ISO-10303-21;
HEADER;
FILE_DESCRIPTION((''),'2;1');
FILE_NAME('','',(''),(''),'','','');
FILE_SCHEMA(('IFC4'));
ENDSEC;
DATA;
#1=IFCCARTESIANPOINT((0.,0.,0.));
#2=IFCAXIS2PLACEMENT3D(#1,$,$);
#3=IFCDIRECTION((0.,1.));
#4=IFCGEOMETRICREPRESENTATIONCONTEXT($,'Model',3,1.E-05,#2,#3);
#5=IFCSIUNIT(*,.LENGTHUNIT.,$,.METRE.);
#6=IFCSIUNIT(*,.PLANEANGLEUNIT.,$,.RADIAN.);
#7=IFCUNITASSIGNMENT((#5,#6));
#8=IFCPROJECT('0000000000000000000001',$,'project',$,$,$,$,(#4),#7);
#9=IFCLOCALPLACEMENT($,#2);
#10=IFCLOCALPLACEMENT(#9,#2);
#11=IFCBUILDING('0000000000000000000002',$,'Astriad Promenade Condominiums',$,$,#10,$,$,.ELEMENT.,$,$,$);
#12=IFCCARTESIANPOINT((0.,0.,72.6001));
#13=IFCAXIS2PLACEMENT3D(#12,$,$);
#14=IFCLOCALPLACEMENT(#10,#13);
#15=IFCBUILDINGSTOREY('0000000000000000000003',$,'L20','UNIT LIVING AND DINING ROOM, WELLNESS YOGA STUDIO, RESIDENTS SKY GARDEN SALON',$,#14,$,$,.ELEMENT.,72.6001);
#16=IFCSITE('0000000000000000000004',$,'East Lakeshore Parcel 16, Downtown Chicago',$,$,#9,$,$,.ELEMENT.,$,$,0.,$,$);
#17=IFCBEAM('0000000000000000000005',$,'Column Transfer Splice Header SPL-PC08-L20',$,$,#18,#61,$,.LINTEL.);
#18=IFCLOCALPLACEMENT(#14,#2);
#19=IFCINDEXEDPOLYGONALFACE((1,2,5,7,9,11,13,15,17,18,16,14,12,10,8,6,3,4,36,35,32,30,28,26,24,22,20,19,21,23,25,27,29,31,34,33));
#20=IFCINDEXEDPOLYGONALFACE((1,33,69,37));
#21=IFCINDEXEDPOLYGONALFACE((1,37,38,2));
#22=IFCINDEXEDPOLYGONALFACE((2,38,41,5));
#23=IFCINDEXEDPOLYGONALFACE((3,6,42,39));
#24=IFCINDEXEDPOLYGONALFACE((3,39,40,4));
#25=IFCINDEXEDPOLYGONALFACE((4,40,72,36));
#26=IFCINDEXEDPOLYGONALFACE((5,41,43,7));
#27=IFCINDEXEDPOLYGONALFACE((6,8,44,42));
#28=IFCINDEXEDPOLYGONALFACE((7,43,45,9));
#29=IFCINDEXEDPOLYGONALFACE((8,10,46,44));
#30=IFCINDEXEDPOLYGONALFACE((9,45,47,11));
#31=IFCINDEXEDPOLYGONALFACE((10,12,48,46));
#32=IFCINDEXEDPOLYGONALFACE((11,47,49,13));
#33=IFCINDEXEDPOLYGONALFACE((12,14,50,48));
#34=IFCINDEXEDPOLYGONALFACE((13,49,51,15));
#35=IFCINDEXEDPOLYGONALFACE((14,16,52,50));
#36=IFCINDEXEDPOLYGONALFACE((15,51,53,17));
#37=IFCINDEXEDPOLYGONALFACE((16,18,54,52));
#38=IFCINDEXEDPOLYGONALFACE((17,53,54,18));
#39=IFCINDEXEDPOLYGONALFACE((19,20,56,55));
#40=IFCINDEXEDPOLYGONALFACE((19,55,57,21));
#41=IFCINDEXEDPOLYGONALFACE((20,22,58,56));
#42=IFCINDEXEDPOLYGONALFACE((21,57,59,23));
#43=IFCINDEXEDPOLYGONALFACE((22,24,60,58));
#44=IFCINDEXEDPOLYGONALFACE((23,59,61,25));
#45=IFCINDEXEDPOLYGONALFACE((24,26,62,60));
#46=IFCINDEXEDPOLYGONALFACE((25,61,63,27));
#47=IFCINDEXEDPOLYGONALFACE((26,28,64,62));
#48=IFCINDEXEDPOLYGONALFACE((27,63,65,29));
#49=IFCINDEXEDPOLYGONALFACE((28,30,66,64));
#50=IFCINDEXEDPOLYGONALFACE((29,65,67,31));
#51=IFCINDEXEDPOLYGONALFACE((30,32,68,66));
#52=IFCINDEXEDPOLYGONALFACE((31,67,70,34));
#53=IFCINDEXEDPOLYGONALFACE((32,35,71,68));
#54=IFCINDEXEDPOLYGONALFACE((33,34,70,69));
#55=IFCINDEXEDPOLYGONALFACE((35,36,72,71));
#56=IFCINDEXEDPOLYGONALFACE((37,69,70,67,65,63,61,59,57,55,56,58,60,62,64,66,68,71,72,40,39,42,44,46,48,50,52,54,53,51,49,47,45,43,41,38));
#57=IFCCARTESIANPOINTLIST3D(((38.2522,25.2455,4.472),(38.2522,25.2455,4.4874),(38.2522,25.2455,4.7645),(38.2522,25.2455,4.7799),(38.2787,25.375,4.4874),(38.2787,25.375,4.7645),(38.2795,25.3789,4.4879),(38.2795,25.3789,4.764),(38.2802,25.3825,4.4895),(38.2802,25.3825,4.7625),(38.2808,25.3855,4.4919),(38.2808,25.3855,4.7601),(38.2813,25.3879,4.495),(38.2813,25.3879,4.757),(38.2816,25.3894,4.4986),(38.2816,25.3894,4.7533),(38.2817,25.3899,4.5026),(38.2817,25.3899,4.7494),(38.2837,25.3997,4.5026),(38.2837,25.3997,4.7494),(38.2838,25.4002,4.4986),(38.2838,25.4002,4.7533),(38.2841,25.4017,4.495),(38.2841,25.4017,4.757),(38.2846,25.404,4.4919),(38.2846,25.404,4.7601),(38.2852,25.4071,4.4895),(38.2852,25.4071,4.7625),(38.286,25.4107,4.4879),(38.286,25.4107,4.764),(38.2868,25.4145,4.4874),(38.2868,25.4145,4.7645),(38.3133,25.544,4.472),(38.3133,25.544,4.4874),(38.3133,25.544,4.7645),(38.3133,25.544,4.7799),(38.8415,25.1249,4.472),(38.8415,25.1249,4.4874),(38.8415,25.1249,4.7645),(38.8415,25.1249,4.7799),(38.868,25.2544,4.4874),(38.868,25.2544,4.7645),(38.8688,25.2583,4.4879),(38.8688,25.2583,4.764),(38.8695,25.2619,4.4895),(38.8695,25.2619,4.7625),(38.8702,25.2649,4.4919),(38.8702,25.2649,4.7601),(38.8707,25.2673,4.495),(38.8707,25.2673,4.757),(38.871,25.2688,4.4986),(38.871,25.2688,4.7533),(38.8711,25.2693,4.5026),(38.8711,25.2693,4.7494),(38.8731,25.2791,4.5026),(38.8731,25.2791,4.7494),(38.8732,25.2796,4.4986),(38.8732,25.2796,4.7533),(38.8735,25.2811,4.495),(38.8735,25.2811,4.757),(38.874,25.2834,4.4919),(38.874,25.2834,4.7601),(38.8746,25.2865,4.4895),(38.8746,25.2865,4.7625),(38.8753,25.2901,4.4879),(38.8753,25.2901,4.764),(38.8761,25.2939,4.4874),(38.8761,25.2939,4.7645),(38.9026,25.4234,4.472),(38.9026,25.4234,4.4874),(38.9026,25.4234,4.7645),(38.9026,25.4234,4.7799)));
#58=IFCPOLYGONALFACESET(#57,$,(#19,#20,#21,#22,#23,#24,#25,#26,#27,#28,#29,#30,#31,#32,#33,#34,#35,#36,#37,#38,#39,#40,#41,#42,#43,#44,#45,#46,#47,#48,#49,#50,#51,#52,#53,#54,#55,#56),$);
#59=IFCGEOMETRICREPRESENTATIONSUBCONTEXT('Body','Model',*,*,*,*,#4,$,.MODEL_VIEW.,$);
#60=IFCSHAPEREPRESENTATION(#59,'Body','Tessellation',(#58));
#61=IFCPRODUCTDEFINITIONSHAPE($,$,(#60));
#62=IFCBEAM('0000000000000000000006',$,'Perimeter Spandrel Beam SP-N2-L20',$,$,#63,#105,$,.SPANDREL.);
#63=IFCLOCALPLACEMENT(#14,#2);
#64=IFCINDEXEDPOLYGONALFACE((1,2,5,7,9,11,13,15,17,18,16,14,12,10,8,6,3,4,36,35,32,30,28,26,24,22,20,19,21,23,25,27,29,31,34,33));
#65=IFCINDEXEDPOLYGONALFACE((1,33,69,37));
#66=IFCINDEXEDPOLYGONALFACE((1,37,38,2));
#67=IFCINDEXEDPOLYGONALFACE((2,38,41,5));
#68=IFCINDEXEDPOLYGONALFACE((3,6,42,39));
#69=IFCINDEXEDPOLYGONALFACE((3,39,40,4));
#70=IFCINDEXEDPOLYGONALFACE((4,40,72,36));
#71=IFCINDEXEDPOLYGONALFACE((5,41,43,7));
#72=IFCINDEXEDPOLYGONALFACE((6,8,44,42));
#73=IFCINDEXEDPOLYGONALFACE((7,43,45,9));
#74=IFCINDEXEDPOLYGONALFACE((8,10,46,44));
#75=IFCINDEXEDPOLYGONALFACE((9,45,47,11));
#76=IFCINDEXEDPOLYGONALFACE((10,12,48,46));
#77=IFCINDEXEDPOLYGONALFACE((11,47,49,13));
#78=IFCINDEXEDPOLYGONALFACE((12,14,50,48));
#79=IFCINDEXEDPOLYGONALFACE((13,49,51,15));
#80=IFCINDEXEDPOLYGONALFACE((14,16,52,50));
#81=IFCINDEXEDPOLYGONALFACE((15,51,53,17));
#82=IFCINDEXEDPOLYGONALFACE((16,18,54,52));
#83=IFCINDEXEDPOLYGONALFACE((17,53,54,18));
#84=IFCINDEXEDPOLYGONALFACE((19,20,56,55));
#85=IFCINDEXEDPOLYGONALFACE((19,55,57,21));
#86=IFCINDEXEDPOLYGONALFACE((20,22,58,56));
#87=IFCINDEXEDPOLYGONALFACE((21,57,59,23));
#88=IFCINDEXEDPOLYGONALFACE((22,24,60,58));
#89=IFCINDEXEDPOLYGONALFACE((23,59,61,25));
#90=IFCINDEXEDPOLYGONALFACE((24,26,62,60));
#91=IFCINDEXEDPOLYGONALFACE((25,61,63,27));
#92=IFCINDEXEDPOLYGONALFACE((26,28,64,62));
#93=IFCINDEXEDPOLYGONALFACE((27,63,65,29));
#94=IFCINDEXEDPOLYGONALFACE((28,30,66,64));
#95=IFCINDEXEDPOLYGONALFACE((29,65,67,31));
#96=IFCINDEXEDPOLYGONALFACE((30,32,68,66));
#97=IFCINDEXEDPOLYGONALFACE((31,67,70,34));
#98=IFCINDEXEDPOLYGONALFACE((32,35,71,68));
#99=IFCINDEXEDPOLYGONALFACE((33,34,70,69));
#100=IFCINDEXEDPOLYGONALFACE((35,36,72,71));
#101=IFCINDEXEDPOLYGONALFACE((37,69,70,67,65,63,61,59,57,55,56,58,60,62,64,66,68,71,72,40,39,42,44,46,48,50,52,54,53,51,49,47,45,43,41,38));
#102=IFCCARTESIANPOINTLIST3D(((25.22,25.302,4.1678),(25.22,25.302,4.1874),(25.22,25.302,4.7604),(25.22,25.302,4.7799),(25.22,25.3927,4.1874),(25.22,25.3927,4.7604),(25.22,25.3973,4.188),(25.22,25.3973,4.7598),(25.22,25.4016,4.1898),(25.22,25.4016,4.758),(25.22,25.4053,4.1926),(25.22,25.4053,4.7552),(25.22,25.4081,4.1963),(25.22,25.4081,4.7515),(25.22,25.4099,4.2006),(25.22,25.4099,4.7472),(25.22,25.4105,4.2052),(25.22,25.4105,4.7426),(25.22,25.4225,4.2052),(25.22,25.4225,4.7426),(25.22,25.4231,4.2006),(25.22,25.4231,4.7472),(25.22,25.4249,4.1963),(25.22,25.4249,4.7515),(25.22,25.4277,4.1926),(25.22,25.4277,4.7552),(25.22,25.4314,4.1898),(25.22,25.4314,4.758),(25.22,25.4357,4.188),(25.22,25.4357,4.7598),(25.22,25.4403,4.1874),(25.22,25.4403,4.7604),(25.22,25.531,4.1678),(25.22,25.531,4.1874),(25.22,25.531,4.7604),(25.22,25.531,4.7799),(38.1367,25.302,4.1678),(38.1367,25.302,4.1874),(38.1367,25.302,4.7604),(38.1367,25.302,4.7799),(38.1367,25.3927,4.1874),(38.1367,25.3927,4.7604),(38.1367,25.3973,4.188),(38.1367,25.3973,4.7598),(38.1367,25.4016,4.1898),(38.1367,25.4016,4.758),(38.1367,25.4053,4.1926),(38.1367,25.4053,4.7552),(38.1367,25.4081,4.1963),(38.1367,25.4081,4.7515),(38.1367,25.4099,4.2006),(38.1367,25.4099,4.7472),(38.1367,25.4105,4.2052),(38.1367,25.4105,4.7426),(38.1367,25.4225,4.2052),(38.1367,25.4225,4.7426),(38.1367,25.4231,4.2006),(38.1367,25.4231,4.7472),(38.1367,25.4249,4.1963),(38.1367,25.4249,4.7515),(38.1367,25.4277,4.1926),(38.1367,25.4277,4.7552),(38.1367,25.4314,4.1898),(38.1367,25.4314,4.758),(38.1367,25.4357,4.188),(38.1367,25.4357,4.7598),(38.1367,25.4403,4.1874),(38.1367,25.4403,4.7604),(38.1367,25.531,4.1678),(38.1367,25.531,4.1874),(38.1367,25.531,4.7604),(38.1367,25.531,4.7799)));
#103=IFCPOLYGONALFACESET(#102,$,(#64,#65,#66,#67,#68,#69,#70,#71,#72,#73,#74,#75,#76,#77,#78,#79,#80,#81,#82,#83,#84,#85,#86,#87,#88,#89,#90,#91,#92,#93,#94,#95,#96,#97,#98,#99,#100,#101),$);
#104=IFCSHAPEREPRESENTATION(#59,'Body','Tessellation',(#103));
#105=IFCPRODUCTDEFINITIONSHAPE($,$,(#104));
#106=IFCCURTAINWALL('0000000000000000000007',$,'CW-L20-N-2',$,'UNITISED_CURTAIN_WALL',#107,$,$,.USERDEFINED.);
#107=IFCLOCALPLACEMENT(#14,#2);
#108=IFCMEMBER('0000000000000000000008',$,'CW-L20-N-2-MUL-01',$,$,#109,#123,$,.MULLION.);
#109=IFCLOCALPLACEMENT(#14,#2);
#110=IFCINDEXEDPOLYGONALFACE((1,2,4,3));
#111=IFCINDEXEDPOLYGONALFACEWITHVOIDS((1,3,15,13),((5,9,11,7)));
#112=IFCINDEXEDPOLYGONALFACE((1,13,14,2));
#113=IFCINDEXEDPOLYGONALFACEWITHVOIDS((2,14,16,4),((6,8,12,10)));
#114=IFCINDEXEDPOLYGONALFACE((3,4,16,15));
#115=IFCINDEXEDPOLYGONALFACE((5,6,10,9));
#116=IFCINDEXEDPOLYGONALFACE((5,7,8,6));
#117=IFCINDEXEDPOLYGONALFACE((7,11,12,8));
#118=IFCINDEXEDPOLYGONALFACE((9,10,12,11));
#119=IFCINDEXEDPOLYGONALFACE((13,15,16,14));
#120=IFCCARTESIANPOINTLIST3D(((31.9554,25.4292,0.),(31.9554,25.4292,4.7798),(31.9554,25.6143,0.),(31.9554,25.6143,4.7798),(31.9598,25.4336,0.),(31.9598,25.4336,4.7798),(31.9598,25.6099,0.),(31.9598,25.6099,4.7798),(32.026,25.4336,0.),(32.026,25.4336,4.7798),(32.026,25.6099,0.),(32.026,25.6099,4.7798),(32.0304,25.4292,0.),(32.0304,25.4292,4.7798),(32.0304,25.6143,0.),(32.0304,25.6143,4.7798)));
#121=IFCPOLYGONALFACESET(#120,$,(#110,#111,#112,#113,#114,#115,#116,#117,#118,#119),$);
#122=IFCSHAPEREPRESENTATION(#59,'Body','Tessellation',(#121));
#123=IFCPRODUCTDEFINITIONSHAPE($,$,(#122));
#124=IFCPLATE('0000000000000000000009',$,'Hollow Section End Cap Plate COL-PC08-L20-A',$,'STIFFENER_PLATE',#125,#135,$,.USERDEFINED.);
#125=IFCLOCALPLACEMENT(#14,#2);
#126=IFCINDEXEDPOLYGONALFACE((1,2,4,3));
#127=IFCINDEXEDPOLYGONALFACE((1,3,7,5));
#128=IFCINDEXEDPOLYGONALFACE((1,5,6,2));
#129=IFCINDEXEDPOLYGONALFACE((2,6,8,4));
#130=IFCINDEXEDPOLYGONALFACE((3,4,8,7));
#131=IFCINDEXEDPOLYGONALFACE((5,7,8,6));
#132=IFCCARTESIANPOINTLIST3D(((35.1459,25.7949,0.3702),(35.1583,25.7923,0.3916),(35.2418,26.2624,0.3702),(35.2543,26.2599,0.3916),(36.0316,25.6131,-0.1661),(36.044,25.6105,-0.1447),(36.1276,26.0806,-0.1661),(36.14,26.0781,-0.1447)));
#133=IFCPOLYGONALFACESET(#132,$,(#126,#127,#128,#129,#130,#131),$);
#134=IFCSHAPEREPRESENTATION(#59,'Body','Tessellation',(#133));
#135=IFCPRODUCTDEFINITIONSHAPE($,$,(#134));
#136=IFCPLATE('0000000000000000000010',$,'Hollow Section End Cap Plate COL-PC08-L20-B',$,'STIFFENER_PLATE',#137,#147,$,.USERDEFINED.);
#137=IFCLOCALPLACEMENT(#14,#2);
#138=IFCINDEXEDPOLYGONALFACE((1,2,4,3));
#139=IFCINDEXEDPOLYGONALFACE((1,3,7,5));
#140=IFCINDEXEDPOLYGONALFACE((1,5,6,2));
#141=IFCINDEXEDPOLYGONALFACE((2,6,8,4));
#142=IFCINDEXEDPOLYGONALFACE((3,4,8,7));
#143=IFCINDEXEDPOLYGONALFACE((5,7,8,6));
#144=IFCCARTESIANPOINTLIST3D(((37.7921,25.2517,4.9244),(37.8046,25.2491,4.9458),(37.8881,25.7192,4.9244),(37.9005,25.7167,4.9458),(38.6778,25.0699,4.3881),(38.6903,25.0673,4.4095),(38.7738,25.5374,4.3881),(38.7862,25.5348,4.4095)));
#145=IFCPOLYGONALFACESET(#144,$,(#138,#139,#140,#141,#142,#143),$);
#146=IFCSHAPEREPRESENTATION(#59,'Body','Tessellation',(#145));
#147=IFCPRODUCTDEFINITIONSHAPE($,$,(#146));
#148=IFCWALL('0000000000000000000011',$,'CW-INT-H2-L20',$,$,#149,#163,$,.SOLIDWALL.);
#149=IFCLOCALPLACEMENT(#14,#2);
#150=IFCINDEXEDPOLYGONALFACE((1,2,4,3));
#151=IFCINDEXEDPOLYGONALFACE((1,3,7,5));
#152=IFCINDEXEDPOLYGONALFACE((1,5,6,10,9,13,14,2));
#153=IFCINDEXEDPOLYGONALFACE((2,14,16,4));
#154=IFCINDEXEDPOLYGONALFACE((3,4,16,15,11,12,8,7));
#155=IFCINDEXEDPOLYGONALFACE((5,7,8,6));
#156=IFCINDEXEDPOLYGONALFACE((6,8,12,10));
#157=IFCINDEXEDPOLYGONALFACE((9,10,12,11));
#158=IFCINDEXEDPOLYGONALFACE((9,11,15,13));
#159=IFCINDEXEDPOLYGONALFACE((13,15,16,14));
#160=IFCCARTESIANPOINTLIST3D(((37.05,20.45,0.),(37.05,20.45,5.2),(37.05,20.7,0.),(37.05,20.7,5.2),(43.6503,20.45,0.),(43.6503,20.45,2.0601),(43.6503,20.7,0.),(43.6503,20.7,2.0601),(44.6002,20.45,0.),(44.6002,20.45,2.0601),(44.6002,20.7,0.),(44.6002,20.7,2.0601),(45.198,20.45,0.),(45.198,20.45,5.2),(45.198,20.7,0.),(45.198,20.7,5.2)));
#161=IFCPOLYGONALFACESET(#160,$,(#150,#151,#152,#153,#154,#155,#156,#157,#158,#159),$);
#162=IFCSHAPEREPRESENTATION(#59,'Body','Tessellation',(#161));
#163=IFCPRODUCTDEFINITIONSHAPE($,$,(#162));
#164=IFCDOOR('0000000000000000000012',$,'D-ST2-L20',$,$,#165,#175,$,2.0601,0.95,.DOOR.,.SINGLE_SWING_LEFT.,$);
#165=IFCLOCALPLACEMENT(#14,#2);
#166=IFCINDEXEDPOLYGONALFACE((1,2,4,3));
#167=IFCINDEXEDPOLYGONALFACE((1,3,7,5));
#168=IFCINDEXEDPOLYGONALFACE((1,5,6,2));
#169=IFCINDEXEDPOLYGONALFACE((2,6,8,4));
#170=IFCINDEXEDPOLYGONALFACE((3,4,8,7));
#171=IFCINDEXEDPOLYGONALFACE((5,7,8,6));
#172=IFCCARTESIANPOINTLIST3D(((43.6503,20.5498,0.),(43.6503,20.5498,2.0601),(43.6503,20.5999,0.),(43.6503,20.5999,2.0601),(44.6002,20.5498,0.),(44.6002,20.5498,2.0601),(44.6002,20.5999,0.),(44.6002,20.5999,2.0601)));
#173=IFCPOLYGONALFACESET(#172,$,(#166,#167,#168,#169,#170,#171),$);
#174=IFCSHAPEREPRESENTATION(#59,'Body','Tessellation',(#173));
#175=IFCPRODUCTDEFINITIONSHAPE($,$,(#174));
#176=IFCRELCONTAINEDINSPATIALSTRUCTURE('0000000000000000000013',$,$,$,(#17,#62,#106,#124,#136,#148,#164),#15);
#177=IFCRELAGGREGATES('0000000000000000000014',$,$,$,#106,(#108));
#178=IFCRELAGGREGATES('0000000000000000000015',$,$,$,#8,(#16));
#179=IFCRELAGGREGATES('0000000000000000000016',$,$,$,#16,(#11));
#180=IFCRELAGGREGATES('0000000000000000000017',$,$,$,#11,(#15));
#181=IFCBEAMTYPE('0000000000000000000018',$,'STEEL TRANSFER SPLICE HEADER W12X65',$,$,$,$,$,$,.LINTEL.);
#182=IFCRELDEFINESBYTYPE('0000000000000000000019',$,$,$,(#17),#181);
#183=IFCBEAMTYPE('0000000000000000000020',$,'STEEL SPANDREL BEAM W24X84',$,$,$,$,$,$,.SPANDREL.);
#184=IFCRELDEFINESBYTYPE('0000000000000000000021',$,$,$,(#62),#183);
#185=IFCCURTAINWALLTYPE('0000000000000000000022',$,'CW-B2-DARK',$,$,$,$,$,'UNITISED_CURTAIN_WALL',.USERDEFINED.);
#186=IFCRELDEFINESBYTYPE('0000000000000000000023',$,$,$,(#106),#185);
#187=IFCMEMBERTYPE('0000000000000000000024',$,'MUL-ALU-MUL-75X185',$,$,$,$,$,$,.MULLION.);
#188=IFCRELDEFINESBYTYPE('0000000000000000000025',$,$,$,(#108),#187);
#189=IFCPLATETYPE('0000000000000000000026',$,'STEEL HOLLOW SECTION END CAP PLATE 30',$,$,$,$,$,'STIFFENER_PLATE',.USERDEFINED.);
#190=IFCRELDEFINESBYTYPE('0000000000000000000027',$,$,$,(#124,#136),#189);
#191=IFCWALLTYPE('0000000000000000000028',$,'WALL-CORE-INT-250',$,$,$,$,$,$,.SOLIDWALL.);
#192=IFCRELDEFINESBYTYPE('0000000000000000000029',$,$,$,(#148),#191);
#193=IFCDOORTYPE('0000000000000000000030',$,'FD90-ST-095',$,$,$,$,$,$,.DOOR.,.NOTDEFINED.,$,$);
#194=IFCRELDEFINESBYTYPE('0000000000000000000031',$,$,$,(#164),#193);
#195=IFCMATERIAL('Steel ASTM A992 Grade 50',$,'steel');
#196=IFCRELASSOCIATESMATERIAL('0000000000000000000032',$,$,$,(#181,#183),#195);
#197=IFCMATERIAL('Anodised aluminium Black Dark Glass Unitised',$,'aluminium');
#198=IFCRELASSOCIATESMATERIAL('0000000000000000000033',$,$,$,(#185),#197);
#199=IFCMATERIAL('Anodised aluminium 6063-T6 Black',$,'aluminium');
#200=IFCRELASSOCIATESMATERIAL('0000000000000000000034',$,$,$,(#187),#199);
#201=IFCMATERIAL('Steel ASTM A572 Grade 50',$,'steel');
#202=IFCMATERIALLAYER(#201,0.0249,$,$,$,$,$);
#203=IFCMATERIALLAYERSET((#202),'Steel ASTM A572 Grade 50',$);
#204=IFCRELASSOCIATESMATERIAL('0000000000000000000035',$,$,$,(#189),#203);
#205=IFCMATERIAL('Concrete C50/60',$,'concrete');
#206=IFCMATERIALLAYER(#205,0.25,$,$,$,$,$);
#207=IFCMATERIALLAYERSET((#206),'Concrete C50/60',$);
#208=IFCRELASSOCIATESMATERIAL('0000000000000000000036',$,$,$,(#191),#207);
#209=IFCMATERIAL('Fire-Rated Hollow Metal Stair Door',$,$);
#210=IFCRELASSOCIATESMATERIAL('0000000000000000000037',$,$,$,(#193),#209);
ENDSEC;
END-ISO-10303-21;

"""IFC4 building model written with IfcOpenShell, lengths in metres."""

from ifc_helpers import new_model, si_unit, direction, frame, frame_2d, origin, origin_2d, place, context, subcontext, project, spatial, rectangle, hollow_rectangle, i_section, extrude, source, transform, mapped, material, layer, layer_set, material_profile, profile_set, type_object, type_shapes, element, fill, aggregate, save


model = new_model("IFC4")

# Units and contexts
model_context = context("Model", 3, precision=1e-05, world=origin(), true_north=direction((0.0, 1.0)))
body_context = subcontext(model_context, "Body", "Model", "MODEL_VIEW")
ifc_project = project(units=[si_unit("LENGTHUNIT", "METRE"), si_unit("PLANEANGLEUNIT", "RADIAN")], contexts=[model_context])

# Site, building, storey
site_placement = place(None, origin())
site = spatial("IfcSite", under=ifc_project, at=site_placement, Name="East Lakeshore Parcel 16, Downtown Chicago", CompositionType="ELEMENT", RefElevation=0.0)
building_placement = place(site_placement, origin())
building = spatial("IfcBuilding", under=site, at=building_placement, Name="Astriad Promenade Condominiums", CompositionType="ELEMENT")
storey_placement = place(building_placement, frame((0.0, 0.0, 72.6001)))
storey = spatial("IfcBuildingStorey", under=building, at=storey_placement, Name="L20", Description="UNIT LIVING AND DINING ROOM, WELLNESS YOGA STUDIO, RESIDENTS SKY GARDEN SALON", CompositionType="ELEMENT", Elevation=72.6001)

# Shared definitions
ifc_material_1 = material(Name="Steel ASTM A992 Grade 50", Category="steel")

# Beams
ifc_material_profile_1 = material_profile(ifc_material_1, i_section(OverallWidth=0.3047, OverallDepth=0.3079, WebThickness=0.01, FlangeThickness=0.0154, FilletRadius=0.0151, at=origin_2d()), Name="W12X65")
ifc_profile_set_1 = profile_set([ifc_material_profile_1], Name="Steel ASTM A992 Grade 50")
beam_type_1 = type_object("IfcBeamType", Name="STEEL TRANSFER SPLICE HEADER W12X65", PredefinedType="LINTEL", material=ifc_profile_set_1)
shared_shape_1 = source(origin(), body_context, "Body", "SweptSolid", [
    extrude(i_section(OverallWidth=0.3047, OverallDepth=0.3079, WebThickness=0.01, FlangeThickness=0.0154, FilletRadius=0.0151, at=origin_2d()), origin(), (0.0, 0.0, 1.0), 0.6016),
])
type_shapes(beam_type_1, [shared_shape_1])
beam_1_placement = place(storey_placement, frame((38.2827, 25.3948, 4.626), z_axis=(0.979697, -0.200485, 0.0), x_axis=(0.200485, 0.979697, 0.0)))
element("IfcBeam", 1, at=beam_1_placement, inside=storey, type_object=beam_type_1, Name="Column Transfer Splice Header SPL-PC08-L20", PredefinedType="LINTEL", context=body_context, shape_type="MappedRepresentation", body=[
    mapped(shared_shape_1, transform((0.0, 0.0, 0.0), scale=1.0)),
])
ifc_material_profile_2 = material_profile(ifc_material_1, i_section(OverallWidth=0.229, OverallDepth=0.6121, WebThickness=0.012, FlangeThickness=0.0195, FilletRadius=0.0178, at=origin_2d()), Name="W24X84")
ifc_profile_set_2 = profile_set([ifc_material_profile_2], Name="Steel ASTM A992 Grade 50")
beam_type_2 = type_object("IfcBeamType", Name="STEEL SPANDREL BEAM W24X84", PredefinedType="SPANDREL", material=ifc_profile_set_2)
shared_shape_2 = source(origin(), body_context, "Body", "SweptSolid", [
    extrude(i_section(OverallWidth=0.229, OverallDepth=0.6121, WebThickness=0.012, FlangeThickness=0.0195, FilletRadius=0.0178, at=origin_2d()), origin(), (0.0, 0.0, 1.0), 12.9167),
])
type_shapes(beam_type_2, [shared_shape_2])
beam_2_placement = place(storey_placement, frame((38.1367, 25.4165, 4.4739), z_axis=(-1.0, 0.0, 0.0), x_axis=(0.0, -1.0, 0.0)))
element("IfcBeam", 2, at=beam_2_placement, inside=storey, type_object=beam_type_2, Name="Perimeter Spandrel Beam SP-N2-L20", PredefinedType="SPANDREL", context=body_context, shape_type="MappedRepresentation", body=[
    mapped(shared_shape_2, transform((0.0, 0.0, 0.0), scale=1.0)),
])

# Curtain wall, member
ifc_material_2 = material(Name="Anodised aluminium Black Dark Glass Unitised", Category="aluminium")
curtain_wall_type = type_object("IfcCurtainWallType", Name="CW-B2-DARK", ElementType="UNITISED_CURTAIN_WALL", PredefinedType="USERDEFINED", material=ifc_material_2)
curtain_wall_placement = place(storey_placement, origin())
curtain_wall = element("IfcCurtainWall", 3, at=curtain_wall_placement, inside=storey, type_object=curtain_wall_type, Name="CW-L20-N-2", ObjectType="UNITISED_CURTAIN_WALL", PredefinedType="USERDEFINED")
ifc_material_3 = material(Name="Anodised aluminium 6063-T6 Black", Category="aluminium")
ifc_material_profile_3 = material_profile(ifc_material_3, hollow_rectangle(XDim=0.075, YDim=0.1851, WallThickness=0.0044, at=origin_2d()), Name="ALU-MUL-75X185")
ifc_profile_set_3 = profile_set([ifc_material_profile_3], Name="Anodised aluminium 6063-T6 Black")
member_type = type_object("IfcMemberType", Name="MUL-ALU-MUL-75X185", PredefinedType="MULLION", material=ifc_profile_set_3)
shared_shape_3 = source(origin(), body_context, "Body", "SweptSolid", [
    extrude(hollow_rectangle(XDim=0.075, YDim=0.1851, WallThickness=0.0044, at=origin_2d()), origin(), (0.0, 0.0, 1.0), 4.7798),
])
type_shapes(member_type, [shared_shape_3])
member_placement = place(storey_placement, frame((31.9929, 25.5217, 0.0), z_axis=(0.0, 0.0, 1.0), x_axis=(1.0, 0.0, 0.0)))
member = element("IfcMember", 4, at=member_placement, type_object=member_type, Name="CW-L20-N-2-MUL-01", PredefinedType="MULLION", context=body_context, shape_type="MappedRepresentation", body=[
    mapped(shared_shape_3, transform((0.0, 0.0, 0.0), scale=1.0)),
])
aggregate(curtain_wall, [member])

# Plates
ifc_material_4 = material(Name="Steel ASTM A572 Grade 50", Category="steel")
ifc_layer_1 = layer(ifc_material_4, 0.0249)
ifc_layer_set_1 = layer_set([ifc_layer_1], Name="Steel ASTM A572 Grade 50")
plate_type = type_object("IfcPlateType", Name="STEEL HOLLOW SECTION END CAP PLATE 30", ElementType="STIFFENER_PLATE", PredefinedType="USERDEFINED", material=ifc_layer_set_1)
shared_shape_4 = source(origin(), body_context, "Body", "SweptSolid", [
    extrude(rectangle(XDim=0.4773, YDim=1.0513, at=origin_2d()), origin(), (0.0, 0.0, 1.0), 0.0249),
])
type_shapes(plate_type, [shared_shape_4])
for number, where, z_axis, x_axis, name in (
    (5, (35.6367, 25.9377, 0.1021), (0.499735, -0.102577, 0.860083), (0.20107, 0.979577, 0.0), "Hollow Section End Cap Plate COL-PC08-L20-A"),
    (6, (38.283, 25.3945, 4.6562), (0.499735, -0.102577, 0.860083), (0.20107, 0.979577, 0.0), "Hollow Section End Cap Plate COL-PC08-L20-B"),
):
    element("IfcPlate", number, at=place(storey_placement, frame(where, z_axis=z_axis, x_axis=x_axis)), inside=storey, type_object=plate_type, Name=name, ObjectType="STIFFENER_PLATE", PredefinedType="USERDEFINED", context=body_context, shape_type="MappedRepresentation", body=[
        mapped(shared_shape_4, transform((0.0, 0.0, 0.0), scale=1.0)),
    ])

# Wall, opening, door
ifc_material_5 = material(Name="Concrete C50/60", Category="concrete")
ifc_layer_2 = layer(ifc_material_5, 0.25)
ifc_layer_set_2 = layer_set([ifc_layer_2], Name="Concrete C50/60")
wall_type_1 = type_object("IfcWallType", Name="WALL-CORE-INT-250", PredefinedType="SOLIDWALL", material=ifc_layer_set_2)
wall_1_placement = place(storey_placement, frame((37.05, 20.575, 0.0), z_axis=(0.0, 0.0, 1.0), x_axis=(1.0, 0.0, 0.0)))
wall_1 = element("IfcWall", 7, at=wall_1_placement, inside=storey, type_object=wall_type_1, Name="CW-INT-H2-L20", PredefinedType="SOLIDWALL", context=body_context, shape_type="SweptSolid", body=[
    extrude(rectangle(XDim=8.1479, YDim=0.25, at=frame_2d((4.074, 0.0))), origin(), (0.0, 0.0, 1.0), 5.2),
])
opening_1_placement = place(wall_1_placement, frame((6.6001, 0.0, 0.0)))
opening_1 = element("IfcOpeningElement", 8, at=opening_1_placement, cuts=wall_1, PredefinedType="OPENING", context=body_context, shape_type="SweptSolid", body=[
    extrude(rectangle(XDim=0.95, YDim=2.0601, at=frame_2d((0.4751, 1.03))), frame((0.0, 0.135, 0.0), z_axis=(0.0, -1.0, 0.0), x_axis=(1.0, 0.0, 0.0)), (0.0, 0.0, 1.0), 0.27),
])
ifc_material_6 = material(Name="Fire-Rated Hollow Metal Stair Door")
door_type_1 = type_object("IfcDoorType", Name="FD90-ST-095", OperationType="NOTDEFINED", PredefinedType="DOOR", material=ifc_material_6)
shared_shape_5 = source(origin(), body_context, "Body", "SweptSolid", [
    extrude(rectangle(XDim=0.95, YDim=2.0601, at=frame_2d((0.4751, 1.03))), frame((0.0, 0.0249, 0.0), z_axis=(0.0, -1.0, 0.0), x_axis=(1.0, 0.0, 0.0)), (0.0, 0.0, 1.0), 0.05),
])
type_shapes(door_type_1, [shared_shape_5])
door_1_placement = place(opening_1_placement, origin())
door_1 = element("IfcDoor", 9, at=door_1_placement, inside=storey, type_object=door_type_1, Name="D-ST2-L20", OperationType="SINGLE_SWING_LEFT", OverallHeight=2.0601, OverallWidth=0.95, PredefinedType="DOOR", context=body_context, shape_type="MappedRepresentation", body=[
    mapped(shared_shape_5, transform((0.0, 0.0, 0.0), scale=1.0)),
])
fill(opening_1, door_1)

save(model, "model.ifc")
